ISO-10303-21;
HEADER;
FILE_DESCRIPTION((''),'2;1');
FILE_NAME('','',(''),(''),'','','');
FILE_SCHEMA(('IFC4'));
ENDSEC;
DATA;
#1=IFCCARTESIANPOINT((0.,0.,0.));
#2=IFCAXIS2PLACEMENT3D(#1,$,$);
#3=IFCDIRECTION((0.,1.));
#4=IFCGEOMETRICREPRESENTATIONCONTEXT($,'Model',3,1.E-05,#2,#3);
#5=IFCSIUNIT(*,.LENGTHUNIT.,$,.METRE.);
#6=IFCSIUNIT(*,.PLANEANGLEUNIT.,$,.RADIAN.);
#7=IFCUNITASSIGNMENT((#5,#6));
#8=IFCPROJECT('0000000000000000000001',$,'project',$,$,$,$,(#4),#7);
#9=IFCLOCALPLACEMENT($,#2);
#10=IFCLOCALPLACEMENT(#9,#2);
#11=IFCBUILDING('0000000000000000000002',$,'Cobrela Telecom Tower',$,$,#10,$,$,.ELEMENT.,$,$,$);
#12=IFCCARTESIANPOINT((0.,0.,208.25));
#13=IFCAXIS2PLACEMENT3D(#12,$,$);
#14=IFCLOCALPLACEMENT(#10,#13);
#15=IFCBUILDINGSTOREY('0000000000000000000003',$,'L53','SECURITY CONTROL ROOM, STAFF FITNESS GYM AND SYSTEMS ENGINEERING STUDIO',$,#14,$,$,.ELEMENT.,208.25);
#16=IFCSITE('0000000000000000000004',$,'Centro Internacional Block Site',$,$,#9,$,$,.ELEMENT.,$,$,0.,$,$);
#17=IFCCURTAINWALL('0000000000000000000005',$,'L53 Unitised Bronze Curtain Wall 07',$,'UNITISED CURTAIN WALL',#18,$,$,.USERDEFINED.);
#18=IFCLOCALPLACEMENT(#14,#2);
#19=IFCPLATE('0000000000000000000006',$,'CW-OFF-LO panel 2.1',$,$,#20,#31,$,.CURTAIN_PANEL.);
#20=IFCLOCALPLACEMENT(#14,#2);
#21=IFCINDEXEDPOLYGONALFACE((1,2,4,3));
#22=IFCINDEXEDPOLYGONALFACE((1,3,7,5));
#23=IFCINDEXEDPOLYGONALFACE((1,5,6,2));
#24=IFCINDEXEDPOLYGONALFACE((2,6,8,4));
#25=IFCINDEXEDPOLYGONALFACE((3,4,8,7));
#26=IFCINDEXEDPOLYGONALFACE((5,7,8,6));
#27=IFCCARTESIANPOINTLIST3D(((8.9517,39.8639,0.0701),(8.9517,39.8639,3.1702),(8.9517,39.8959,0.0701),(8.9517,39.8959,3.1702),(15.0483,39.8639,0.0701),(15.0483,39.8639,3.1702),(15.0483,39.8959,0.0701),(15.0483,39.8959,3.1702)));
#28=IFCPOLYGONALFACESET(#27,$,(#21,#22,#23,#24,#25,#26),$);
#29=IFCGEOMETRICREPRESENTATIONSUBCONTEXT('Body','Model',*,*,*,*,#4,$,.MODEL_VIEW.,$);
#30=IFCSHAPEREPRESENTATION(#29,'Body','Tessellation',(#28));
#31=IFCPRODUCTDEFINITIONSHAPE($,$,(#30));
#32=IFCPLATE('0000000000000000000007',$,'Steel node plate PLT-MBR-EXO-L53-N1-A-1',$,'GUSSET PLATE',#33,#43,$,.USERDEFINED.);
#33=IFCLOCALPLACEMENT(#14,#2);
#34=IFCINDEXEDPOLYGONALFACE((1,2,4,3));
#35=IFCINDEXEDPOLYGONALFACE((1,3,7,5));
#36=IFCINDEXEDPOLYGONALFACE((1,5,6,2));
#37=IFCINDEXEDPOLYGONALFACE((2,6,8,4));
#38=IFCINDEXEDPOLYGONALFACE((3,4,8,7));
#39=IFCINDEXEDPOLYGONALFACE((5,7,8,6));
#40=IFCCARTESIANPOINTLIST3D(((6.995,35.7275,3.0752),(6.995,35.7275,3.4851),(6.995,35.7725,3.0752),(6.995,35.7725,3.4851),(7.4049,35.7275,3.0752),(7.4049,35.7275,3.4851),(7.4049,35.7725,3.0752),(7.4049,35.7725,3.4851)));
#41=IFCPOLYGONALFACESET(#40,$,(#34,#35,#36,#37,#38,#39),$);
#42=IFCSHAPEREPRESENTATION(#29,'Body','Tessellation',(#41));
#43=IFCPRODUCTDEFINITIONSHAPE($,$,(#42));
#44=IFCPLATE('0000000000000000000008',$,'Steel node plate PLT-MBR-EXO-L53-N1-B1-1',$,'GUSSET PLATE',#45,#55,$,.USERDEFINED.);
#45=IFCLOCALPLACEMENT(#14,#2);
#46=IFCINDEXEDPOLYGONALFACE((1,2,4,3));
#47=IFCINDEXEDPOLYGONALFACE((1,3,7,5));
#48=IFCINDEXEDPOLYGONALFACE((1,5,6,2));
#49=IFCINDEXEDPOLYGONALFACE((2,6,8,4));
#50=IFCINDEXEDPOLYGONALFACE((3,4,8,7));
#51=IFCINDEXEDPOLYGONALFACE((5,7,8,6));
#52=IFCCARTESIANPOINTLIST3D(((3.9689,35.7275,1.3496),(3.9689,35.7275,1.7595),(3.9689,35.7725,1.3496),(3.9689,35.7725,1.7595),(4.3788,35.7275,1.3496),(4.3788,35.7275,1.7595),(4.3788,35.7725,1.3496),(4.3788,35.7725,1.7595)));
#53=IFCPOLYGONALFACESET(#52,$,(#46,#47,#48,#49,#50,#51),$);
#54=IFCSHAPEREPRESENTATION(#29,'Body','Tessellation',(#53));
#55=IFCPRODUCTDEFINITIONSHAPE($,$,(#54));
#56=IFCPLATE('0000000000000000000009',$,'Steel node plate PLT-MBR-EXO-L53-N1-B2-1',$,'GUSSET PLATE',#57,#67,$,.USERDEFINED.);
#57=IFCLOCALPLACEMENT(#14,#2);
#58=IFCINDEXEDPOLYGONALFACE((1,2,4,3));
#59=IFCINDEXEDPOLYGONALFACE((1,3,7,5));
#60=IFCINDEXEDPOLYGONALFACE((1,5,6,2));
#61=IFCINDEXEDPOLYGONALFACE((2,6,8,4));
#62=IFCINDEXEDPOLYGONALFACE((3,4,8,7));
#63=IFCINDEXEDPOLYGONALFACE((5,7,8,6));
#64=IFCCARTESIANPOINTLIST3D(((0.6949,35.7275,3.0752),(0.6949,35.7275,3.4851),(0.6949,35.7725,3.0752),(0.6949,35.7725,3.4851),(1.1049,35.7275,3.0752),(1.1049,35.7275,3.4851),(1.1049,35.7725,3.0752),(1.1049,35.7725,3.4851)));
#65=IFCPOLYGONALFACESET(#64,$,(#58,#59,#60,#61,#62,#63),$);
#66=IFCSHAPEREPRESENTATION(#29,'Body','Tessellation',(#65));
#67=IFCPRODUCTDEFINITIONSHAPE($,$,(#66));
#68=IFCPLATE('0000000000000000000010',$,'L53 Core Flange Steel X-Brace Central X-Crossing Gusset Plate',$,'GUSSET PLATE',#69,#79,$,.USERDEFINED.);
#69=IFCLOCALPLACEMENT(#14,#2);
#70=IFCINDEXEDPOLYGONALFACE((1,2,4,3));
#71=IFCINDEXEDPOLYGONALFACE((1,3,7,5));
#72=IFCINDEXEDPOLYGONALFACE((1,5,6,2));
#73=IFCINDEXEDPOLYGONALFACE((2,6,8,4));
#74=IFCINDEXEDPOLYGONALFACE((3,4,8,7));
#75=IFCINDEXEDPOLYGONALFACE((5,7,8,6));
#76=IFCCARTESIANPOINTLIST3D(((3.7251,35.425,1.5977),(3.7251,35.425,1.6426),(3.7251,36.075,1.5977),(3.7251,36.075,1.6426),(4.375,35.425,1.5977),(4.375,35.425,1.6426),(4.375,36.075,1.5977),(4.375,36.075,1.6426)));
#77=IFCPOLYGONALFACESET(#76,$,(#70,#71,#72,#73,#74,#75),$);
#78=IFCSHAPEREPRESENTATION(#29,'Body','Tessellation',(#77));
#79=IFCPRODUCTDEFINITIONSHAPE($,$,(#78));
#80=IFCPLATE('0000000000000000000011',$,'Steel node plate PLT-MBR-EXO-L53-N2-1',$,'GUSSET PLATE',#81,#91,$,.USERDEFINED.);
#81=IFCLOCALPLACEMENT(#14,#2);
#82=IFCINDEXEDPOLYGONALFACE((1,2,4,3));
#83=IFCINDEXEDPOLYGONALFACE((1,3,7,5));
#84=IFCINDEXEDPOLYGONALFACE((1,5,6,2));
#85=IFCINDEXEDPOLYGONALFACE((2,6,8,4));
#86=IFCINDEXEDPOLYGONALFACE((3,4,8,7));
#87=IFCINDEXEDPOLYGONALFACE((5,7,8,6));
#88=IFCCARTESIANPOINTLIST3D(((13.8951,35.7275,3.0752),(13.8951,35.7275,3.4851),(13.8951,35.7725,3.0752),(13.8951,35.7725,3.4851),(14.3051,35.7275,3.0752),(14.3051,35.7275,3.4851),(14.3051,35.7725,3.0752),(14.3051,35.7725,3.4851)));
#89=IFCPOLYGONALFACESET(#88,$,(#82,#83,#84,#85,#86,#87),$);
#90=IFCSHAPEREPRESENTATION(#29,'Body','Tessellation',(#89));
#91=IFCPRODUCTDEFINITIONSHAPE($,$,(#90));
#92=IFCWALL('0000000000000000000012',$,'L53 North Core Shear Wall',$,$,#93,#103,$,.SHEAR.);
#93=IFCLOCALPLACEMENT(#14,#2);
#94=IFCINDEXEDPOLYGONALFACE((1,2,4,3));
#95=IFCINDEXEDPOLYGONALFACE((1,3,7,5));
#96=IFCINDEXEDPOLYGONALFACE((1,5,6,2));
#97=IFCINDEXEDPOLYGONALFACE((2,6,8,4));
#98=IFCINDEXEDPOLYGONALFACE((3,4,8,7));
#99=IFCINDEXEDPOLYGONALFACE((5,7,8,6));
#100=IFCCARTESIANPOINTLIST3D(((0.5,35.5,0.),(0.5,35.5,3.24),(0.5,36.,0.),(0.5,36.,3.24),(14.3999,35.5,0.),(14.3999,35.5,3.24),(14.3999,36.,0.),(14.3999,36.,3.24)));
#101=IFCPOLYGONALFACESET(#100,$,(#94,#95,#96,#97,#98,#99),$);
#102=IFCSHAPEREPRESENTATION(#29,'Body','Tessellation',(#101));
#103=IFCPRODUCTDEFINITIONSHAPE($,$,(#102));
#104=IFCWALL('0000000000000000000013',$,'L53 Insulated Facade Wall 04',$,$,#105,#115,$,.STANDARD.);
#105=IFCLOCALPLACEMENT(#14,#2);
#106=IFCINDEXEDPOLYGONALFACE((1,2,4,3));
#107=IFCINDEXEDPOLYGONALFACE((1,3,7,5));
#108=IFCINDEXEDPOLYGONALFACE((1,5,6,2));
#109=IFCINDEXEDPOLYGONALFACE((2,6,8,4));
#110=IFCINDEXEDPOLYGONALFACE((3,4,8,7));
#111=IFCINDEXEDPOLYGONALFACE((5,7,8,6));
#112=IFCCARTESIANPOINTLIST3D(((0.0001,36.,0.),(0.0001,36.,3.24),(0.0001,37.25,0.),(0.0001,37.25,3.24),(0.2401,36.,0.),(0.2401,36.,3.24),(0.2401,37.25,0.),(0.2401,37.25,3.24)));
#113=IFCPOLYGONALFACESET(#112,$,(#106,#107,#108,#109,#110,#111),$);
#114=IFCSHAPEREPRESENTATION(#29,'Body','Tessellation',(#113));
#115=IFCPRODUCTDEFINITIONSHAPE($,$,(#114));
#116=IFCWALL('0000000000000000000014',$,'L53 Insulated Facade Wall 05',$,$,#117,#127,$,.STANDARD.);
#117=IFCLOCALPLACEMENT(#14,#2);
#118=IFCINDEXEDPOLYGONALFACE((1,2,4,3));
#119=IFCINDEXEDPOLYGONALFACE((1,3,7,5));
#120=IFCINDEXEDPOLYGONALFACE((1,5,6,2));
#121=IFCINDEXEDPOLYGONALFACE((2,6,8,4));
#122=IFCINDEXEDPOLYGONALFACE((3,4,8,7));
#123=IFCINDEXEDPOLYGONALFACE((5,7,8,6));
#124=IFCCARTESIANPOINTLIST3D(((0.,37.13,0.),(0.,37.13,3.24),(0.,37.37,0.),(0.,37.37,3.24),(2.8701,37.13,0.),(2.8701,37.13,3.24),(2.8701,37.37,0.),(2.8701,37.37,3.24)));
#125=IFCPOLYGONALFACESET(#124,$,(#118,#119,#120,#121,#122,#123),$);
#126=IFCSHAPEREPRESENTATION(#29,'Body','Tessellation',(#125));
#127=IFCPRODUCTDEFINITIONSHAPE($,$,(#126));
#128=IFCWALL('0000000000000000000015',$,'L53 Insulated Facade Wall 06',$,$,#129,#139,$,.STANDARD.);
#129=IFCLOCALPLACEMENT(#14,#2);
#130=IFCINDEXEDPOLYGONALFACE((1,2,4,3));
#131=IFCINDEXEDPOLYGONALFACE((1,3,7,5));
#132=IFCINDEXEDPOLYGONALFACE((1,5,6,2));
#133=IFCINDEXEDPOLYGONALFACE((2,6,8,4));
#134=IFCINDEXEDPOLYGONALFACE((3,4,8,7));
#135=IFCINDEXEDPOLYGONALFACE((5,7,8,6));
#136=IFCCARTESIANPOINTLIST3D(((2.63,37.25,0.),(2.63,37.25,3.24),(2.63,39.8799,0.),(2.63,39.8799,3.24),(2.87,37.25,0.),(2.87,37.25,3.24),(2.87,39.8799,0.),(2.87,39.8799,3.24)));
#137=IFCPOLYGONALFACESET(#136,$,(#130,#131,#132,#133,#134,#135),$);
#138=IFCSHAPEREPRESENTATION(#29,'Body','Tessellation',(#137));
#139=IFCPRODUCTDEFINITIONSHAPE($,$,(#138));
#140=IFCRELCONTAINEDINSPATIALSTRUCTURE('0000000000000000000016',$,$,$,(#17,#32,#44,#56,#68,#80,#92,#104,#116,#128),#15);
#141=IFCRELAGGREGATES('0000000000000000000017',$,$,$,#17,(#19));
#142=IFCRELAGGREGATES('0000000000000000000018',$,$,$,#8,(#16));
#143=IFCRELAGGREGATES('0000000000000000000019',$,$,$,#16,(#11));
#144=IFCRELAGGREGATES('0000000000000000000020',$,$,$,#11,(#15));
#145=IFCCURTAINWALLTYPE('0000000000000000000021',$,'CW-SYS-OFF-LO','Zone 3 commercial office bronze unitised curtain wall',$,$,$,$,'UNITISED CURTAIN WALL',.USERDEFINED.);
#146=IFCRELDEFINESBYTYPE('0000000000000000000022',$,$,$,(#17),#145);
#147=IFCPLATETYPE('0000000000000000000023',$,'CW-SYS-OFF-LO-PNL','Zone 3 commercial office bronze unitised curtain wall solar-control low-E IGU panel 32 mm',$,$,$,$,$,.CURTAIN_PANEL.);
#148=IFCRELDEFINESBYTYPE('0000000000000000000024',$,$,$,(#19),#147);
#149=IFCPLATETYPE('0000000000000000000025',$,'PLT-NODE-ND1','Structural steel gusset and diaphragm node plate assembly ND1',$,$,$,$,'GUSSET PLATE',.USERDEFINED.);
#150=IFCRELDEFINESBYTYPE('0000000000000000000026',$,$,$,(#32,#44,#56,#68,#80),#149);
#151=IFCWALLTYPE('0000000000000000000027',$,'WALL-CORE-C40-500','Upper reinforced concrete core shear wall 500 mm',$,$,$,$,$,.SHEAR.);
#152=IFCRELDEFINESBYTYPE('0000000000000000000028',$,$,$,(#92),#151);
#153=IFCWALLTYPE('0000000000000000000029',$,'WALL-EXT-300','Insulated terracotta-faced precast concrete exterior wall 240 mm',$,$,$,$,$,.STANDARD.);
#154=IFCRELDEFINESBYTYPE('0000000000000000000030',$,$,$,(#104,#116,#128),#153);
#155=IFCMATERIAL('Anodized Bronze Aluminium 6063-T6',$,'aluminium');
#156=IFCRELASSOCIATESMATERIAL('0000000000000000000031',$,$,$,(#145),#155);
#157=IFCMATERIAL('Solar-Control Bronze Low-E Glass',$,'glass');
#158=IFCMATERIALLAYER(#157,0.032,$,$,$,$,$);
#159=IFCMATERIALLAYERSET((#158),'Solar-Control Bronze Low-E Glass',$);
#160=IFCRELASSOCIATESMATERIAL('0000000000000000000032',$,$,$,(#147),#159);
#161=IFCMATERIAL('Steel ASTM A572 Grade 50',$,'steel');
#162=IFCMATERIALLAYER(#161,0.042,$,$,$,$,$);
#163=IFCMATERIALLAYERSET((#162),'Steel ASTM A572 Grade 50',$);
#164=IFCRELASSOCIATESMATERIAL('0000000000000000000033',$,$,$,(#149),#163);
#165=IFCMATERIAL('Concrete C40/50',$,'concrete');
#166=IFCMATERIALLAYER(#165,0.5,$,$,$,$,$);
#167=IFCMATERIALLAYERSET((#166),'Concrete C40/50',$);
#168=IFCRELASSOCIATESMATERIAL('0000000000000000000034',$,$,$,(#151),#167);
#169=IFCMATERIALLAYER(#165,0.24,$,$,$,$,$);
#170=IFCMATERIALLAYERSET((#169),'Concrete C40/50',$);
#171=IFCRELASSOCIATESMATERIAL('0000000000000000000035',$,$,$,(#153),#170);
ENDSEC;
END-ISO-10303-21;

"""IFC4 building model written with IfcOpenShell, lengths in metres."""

from ifc_helpers import new_model, si_unit, direction, frame, frame_2d, origin, origin_2d, place, context, subcontext, project, spatial, rectangle, extrude, material, layer, layer_set, type_object, element, aggregate, save


model = new_model("IFC4")

# Units and contexts
model_context = context("Model", 3, precision=1e-05, world=origin(), true_north=direction((0.0, 1.0)))
body_context = subcontext(model_context, "Body", "Model", "MODEL_VIEW")
ifc_project = project(units=[si_unit("LENGTHUNIT", "METRE"), si_unit("PLANEANGLEUNIT", "RADIAN")], contexts=[model_context])

# Site, building, storey
site_placement = place(None, origin())
site = spatial("IfcSite", under=ifc_project, at=site_placement, Name="Centro Internacional Block Site", CompositionType="ELEMENT", RefElevation=0.0)
building_placement = place(site_placement, origin())
building = spatial("IfcBuilding", under=site, at=building_placement, Name="Cobrela Telecom Tower", CompositionType="ELEMENT")
storey_placement = place(building_placement, frame((0.0, 0.0, 208.25)))
storey = spatial("IfcBuildingStorey", under=building, at=storey_placement, Name="L53", Description="SECURITY CONTROL ROOM, STAFF FITNESS GYM AND SYSTEMS ENGINEERING STUDIO", CompositionType="ELEMENT", Elevation=208.25)

# Shared definitions
ifc_material_1 = material(Name="Steel ASTM A572 Grade 50", Category="steel")

# Curtain wall
ifc_material_2 = material(Name="Anodized Bronze Aluminium 6063-T6", Category="aluminium")
curtain_wall_type = type_object("IfcCurtainWallType", Name="CW-SYS-OFF-LO", Description="Zone 3 commercial office bronze unitised curtain wall", ElementType="UNITISED CURTAIN WALL", PredefinedType="USERDEFINED", material=ifc_material_2)
curtain_wall_placement = place(storey_placement, origin())
curtain_wall = element("IfcCurtainWall", 1, at=curtain_wall_placement, inside=storey, type_object=curtain_wall_type, Name="L53 Unitised Bronze Curtain Wall 07", ObjectType="UNITISED CURTAIN WALL", PredefinedType="USERDEFINED")

# Plate
ifc_material_3 = material(Name="Solar-Control Bronze Low-E Glass", Category="glass")
ifc_layer_1 = layer(ifc_material_3, 0.032)
ifc_layer_set_1 = layer_set([ifc_layer_1], Name="Solar-Control Bronze Low-E Glass")
plate_type_1 = type_object("IfcPlateType", Name="CW-SYS-OFF-LO-PNL", Description="Zone 3 commercial office bronze unitised curtain wall solar-control low-E IGU panel 32 mm", PredefinedType="CURTAIN_PANEL", material=ifc_layer_set_1)
plate_1_placement = place(storey_placement, frame((12.0, 39.8799, 0.0701), z_axis=(0.0, 0.0, 1.0), x_axis=(1.0, 0.0, 0.0)))
plate_1 = element("IfcPlate", 2, at=plate_1_placement, type_object=plate_type_1, Name="CW-OFF-LO panel 2.1", PredefinedType="CURTAIN_PANEL", context=body_context, shape_type="SweptSolid", body=[
    extrude(rectangle(XDim=6.0967, YDim=0.032, at=origin_2d()), origin(), (0.0, 0.0, 1.0), 3.1001),
])
aggregate(curtain_wall, [plate_1])

# Plates
ifc_layer_2 = layer(ifc_material_1, 0.042)
ifc_layer_set_2 = layer_set([ifc_layer_2], Name="Steel ASTM A572 Grade 50")
plate_type_2 = type_object("IfcPlateType", Name="PLT-NODE-ND1", Description="Structural steel gusset and diaphragm node plate assembly ND1", ElementType="GUSSET PLATE", PredefinedType="USERDEFINED", material=ifc_layer_set_2)
for number, where, z_axis, x_axis, name in (
    (3, (7.2, 35.75, 3.0752), (0.0, 0.0, 1.0), (1.0, 0.0, 0.0), "Steel node plate PLT-MBR-EXO-L53-N1-A-1"),
    (4, (4.1738, 35.75, 1.3496), (0.0, 0.0, 1.0), (-1.0, 0.0, 0.0), "Steel node plate PLT-MBR-EXO-L53-N1-B1-1"),
    (5, (0.8999, 35.75, 3.0752), (0.0, 0.0, 1.0), (-1.0, 0.0, 0.0), "Steel node plate PLT-MBR-EXO-L53-N1-B2-1"),
):
    element("IfcPlate", number, at=place(storey_placement, frame(where, z_axis=z_axis, x_axis=x_axis)), inside=storey, type_object=plate_type_2, Name=name, ObjectType="GUSSET PLATE", PredefinedType="USERDEFINED", context=body_context, shape_type="SweptSolid", body=[
        extrude(rectangle(XDim=0.4099, YDim=0.0449, at=origin_2d()), origin(), (0.0, 0.0, 1.0), 0.4099),
    ])
plate_2_placement = place(storey_placement, frame((4.05, 35.75, 1.5977), z_axis=(0.0, 0.0, 1.0), x_axis=(1.0, 0.0, 0.0)))
element("IfcPlate", 6, at=plate_2_placement, inside=storey, type_object=plate_type_2, Name="L53 Core Flange Steel X-Brace Central X-Crossing Gusset Plate", ObjectType="GUSSET PLATE", PredefinedType="USERDEFINED", context=body_context, shape_type="SweptSolid", body=[
    extrude(rectangle(XDim=0.6499, YDim=0.6499, at=origin_2d()), origin(), (0.0, 0.0, 1.0), 0.0449),
])
plate_3_placement = place(storey_placement, frame((14.1001, 35.75, 3.0752), z_axis=(0.0, 0.0, 1.0), x_axis=(1.0, 0.0, 0.0)))
element("IfcPlate", 7, at=plate_3_placement, inside=storey, type_object=plate_type_2, Name="Steel node plate PLT-MBR-EXO-L53-N2-1", ObjectType="GUSSET PLATE", PredefinedType="USERDEFINED", context=body_context, shape_type="SweptSolid", body=[
    extrude(rectangle(XDim=0.4099, YDim=0.0449, at=origin_2d()), origin(), (0.0, 0.0, 1.0), 0.4099),
])

# Walls
ifc_material_4 = material(Name="Concrete C40/50", Category="concrete")
ifc_layer_3 = layer(ifc_material_4, 0.5)
ifc_layer_set_3 = layer_set([ifc_layer_3], Name="Concrete C40/50")
wall_type_1 = type_object("IfcWallType", Name="WALL-CORE-C40-500", Description="Upper reinforced concrete core shear wall 500 mm", PredefinedType="SHEAR", material=ifc_layer_set_3)
wall_1_placement = place(storey_placement, frame((0.5, 35.75, 0.0), z_axis=(0.0, 0.0, 1.0), x_axis=(1.0, 0.0, 0.0)))
element("IfcWall", 8, at=wall_1_placement, inside=storey, type_object=wall_type_1, Name="L53 North Core Shear Wall", PredefinedType="SHEAR", context=body_context, shape_type="SweptSolid", body=[
    extrude(rectangle(XDim=13.8999, YDim=0.5, at=frame_2d((6.95, 0.0))), origin(), (0.0, 0.0, 1.0), 3.24),
])
ifc_layer_4 = layer(ifc_material_4, 0.24)
ifc_layer_set_4 = layer_set([ifc_layer_4], Name="Concrete C40/50")
wall_type_2 = type_object("IfcWallType", Name="WALL-EXT-300", Description="Insulated terracotta-faced precast concrete exterior wall 240 mm", PredefinedType="STANDARD", material=ifc_layer_set_4)
wall_2_placement = place(storey_placement, frame((0.1201, 36.0, 0.0), z_axis=(0.0, 0.0, 1.0), x_axis=(0.0, 1.0, 0.0)))
element("IfcWall", 9, at=wall_2_placement, inside=storey, type_object=wall_type_2, Name="L53 Insulated Facade Wall 04", PredefinedType="STANDARD", context=body_context, shape_type="SweptSolid", body=[
    extrude(rectangle(XDim=1.25, YDim=0.24, at=frame_2d((0.625, 0.0))), origin(), (0.0, 0.0, 1.0), 3.24),
])
wall_3_placement = place(storey_placement, frame((0.0, 37.25, 0.0), z_axis=(0.0, 0.0, 1.0), x_axis=(1.0, 0.0, 0.0)))
element("IfcWall", 10, at=wall_3_placement, inside=storey, type_object=wall_type_2, Name="L53 Insulated Facade Wall 05", PredefinedType="STANDARD", context=body_context, shape_type="SweptSolid", body=[
    extrude(rectangle(XDim=2.8701, YDim=0.24, at=frame_2d((1.4351, 0.0))), origin(), (0.0, 0.0, 1.0), 3.24),
])
wall_4_placement = place(storey_placement, frame((2.75, 37.25, 0.0), z_axis=(0.0, 0.0, 1.0), x_axis=(0.0, 1.0, 0.0)))
element("IfcWall", 11, at=wall_4_placement, inside=storey, type_object=wall_type_2, Name="L53 Insulated Facade Wall 06", PredefinedType="STANDARD", context=body_context, shape_type="SweptSolid", body=[
    extrude(rectangle(XDim=2.6299, YDim=0.24, at=frame_2d((1.3149, 0.0))), origin(), (0.0, 0.0, 1.0), 3.24),
])

save(model, "model.ifc")
